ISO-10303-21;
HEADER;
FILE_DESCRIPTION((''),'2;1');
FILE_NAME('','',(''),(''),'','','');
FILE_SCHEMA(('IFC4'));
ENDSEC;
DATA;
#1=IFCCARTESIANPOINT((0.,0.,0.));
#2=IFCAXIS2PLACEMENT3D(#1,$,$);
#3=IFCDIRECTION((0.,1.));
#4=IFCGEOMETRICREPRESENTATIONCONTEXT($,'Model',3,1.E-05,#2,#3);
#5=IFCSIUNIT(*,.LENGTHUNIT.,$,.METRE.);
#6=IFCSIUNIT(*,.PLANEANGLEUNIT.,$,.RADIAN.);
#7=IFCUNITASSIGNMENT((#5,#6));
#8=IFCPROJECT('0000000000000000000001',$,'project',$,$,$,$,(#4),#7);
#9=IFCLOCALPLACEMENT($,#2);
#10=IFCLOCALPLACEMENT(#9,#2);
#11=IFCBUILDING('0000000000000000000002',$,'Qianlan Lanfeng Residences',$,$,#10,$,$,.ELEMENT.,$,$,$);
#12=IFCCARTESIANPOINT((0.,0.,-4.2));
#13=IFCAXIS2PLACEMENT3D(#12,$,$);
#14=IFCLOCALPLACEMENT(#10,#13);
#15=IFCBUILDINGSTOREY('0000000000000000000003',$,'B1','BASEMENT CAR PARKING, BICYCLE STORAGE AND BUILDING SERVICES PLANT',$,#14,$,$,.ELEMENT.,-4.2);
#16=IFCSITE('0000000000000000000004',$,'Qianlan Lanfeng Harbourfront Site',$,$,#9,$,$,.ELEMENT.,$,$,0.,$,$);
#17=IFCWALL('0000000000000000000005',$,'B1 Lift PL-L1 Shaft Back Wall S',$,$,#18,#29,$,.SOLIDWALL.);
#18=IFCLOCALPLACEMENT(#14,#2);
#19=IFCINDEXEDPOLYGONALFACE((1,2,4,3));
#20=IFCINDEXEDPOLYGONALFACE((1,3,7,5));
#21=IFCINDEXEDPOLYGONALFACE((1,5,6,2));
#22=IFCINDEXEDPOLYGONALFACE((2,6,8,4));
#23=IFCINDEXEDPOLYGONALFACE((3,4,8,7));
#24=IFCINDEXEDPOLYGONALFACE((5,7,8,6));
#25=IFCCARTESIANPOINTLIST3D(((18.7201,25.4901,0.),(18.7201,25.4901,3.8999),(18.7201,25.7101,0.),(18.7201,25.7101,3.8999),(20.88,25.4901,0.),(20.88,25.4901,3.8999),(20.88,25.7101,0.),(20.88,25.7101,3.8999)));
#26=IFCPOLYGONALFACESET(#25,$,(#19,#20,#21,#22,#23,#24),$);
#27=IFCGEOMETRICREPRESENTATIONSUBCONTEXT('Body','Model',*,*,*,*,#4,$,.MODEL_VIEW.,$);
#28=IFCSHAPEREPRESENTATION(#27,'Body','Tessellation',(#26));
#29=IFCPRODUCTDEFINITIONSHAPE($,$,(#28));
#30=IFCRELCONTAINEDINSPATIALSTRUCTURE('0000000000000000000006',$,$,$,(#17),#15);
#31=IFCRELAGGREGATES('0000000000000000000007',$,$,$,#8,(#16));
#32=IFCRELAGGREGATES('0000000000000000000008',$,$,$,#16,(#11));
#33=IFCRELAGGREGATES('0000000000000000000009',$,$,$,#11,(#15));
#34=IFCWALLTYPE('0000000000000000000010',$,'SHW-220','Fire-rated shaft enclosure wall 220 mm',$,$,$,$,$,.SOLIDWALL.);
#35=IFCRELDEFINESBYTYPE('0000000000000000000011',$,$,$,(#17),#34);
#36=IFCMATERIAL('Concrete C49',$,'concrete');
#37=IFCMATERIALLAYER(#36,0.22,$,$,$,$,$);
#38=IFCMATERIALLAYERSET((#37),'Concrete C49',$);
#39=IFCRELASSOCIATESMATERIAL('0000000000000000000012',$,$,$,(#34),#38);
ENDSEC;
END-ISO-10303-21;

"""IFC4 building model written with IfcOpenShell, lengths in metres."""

from ifc_helpers import new_model, si_unit, direction, frame, frame_2d, origin, place, context, subcontext, project, spatial, rectangle, extrude, material, layer, layer_set, type_object, element, save


model = new_model("IFC4")

# Units and contexts
model_context = context("Model", 3, precision=1e-05, world=origin(), true_north=direction((0.0, 1.0)))
body_context = subcontext(model_context, "Body", "Model", "MODEL_VIEW")
ifc_project = project(units=[si_unit("LENGTHUNIT", "METRE"), si_unit("PLANEANGLEUNIT", "RADIAN")], contexts=[model_context])

# Site, building, storey
site_placement = place(None, origin())
site = spatial("IfcSite", under=ifc_project, at=site_placement, Name="Qianlan Lanfeng Harbourfront Site", CompositionType="ELEMENT", RefElevation=0.0)
building_placement = place(site_placement, origin())
building = spatial("IfcBuilding", under=site, at=building_placement, Name="Qianlan Lanfeng Residences", CompositionType="ELEMENT")
storey_placement = place(building_placement, frame((0.0, 0.0, -4.2)))
storey = spatial("IfcBuildingStorey", under=building, at=storey_placement, Name="B1", Description="BASEMENT CAR PARKING, BICYCLE STORAGE AND BUILDING SERVICES PLANT", CompositionType="ELEMENT", Elevation=-4.2)

# Wall
ifc_material_1 = material(Name="Concrete C49", Category="concrete")
ifc_layer_1 = layer(ifc_material_1, 0.22)
ifc_layer_set_1 = layer_set([ifc_layer_1], Name="Concrete C49")
wall_type_1 = type_object("IfcWallType", Name="SHW-220", Description="Fire-rated shaft enclosure wall 220 mm", PredefinedType="SOLIDWALL", material=ifc_layer_set_1)
wall_1_placement = place(storey_placement, frame((18.72, 25.6001, 0.0), z_axis=(0.0, 0.0, 1.0), x_axis=(1.0, 0.0, 0.0)))
element("IfcWall", 1, at=wall_1_placement, inside=storey, type_object=wall_type_1, Name="B1 Lift PL-L1 Shaft Back Wall S", PredefinedType="SOLIDWALL", context=body_context, shape_type="SweptSolid", body=[
    extrude(rectangle(XDim=2.1599, YDim=0.22, at=frame_2d((1.0801, 0.0))), origin(), (0.0, 0.0, 1.0), 3.8999),
])

save(model, "model.ifc")
